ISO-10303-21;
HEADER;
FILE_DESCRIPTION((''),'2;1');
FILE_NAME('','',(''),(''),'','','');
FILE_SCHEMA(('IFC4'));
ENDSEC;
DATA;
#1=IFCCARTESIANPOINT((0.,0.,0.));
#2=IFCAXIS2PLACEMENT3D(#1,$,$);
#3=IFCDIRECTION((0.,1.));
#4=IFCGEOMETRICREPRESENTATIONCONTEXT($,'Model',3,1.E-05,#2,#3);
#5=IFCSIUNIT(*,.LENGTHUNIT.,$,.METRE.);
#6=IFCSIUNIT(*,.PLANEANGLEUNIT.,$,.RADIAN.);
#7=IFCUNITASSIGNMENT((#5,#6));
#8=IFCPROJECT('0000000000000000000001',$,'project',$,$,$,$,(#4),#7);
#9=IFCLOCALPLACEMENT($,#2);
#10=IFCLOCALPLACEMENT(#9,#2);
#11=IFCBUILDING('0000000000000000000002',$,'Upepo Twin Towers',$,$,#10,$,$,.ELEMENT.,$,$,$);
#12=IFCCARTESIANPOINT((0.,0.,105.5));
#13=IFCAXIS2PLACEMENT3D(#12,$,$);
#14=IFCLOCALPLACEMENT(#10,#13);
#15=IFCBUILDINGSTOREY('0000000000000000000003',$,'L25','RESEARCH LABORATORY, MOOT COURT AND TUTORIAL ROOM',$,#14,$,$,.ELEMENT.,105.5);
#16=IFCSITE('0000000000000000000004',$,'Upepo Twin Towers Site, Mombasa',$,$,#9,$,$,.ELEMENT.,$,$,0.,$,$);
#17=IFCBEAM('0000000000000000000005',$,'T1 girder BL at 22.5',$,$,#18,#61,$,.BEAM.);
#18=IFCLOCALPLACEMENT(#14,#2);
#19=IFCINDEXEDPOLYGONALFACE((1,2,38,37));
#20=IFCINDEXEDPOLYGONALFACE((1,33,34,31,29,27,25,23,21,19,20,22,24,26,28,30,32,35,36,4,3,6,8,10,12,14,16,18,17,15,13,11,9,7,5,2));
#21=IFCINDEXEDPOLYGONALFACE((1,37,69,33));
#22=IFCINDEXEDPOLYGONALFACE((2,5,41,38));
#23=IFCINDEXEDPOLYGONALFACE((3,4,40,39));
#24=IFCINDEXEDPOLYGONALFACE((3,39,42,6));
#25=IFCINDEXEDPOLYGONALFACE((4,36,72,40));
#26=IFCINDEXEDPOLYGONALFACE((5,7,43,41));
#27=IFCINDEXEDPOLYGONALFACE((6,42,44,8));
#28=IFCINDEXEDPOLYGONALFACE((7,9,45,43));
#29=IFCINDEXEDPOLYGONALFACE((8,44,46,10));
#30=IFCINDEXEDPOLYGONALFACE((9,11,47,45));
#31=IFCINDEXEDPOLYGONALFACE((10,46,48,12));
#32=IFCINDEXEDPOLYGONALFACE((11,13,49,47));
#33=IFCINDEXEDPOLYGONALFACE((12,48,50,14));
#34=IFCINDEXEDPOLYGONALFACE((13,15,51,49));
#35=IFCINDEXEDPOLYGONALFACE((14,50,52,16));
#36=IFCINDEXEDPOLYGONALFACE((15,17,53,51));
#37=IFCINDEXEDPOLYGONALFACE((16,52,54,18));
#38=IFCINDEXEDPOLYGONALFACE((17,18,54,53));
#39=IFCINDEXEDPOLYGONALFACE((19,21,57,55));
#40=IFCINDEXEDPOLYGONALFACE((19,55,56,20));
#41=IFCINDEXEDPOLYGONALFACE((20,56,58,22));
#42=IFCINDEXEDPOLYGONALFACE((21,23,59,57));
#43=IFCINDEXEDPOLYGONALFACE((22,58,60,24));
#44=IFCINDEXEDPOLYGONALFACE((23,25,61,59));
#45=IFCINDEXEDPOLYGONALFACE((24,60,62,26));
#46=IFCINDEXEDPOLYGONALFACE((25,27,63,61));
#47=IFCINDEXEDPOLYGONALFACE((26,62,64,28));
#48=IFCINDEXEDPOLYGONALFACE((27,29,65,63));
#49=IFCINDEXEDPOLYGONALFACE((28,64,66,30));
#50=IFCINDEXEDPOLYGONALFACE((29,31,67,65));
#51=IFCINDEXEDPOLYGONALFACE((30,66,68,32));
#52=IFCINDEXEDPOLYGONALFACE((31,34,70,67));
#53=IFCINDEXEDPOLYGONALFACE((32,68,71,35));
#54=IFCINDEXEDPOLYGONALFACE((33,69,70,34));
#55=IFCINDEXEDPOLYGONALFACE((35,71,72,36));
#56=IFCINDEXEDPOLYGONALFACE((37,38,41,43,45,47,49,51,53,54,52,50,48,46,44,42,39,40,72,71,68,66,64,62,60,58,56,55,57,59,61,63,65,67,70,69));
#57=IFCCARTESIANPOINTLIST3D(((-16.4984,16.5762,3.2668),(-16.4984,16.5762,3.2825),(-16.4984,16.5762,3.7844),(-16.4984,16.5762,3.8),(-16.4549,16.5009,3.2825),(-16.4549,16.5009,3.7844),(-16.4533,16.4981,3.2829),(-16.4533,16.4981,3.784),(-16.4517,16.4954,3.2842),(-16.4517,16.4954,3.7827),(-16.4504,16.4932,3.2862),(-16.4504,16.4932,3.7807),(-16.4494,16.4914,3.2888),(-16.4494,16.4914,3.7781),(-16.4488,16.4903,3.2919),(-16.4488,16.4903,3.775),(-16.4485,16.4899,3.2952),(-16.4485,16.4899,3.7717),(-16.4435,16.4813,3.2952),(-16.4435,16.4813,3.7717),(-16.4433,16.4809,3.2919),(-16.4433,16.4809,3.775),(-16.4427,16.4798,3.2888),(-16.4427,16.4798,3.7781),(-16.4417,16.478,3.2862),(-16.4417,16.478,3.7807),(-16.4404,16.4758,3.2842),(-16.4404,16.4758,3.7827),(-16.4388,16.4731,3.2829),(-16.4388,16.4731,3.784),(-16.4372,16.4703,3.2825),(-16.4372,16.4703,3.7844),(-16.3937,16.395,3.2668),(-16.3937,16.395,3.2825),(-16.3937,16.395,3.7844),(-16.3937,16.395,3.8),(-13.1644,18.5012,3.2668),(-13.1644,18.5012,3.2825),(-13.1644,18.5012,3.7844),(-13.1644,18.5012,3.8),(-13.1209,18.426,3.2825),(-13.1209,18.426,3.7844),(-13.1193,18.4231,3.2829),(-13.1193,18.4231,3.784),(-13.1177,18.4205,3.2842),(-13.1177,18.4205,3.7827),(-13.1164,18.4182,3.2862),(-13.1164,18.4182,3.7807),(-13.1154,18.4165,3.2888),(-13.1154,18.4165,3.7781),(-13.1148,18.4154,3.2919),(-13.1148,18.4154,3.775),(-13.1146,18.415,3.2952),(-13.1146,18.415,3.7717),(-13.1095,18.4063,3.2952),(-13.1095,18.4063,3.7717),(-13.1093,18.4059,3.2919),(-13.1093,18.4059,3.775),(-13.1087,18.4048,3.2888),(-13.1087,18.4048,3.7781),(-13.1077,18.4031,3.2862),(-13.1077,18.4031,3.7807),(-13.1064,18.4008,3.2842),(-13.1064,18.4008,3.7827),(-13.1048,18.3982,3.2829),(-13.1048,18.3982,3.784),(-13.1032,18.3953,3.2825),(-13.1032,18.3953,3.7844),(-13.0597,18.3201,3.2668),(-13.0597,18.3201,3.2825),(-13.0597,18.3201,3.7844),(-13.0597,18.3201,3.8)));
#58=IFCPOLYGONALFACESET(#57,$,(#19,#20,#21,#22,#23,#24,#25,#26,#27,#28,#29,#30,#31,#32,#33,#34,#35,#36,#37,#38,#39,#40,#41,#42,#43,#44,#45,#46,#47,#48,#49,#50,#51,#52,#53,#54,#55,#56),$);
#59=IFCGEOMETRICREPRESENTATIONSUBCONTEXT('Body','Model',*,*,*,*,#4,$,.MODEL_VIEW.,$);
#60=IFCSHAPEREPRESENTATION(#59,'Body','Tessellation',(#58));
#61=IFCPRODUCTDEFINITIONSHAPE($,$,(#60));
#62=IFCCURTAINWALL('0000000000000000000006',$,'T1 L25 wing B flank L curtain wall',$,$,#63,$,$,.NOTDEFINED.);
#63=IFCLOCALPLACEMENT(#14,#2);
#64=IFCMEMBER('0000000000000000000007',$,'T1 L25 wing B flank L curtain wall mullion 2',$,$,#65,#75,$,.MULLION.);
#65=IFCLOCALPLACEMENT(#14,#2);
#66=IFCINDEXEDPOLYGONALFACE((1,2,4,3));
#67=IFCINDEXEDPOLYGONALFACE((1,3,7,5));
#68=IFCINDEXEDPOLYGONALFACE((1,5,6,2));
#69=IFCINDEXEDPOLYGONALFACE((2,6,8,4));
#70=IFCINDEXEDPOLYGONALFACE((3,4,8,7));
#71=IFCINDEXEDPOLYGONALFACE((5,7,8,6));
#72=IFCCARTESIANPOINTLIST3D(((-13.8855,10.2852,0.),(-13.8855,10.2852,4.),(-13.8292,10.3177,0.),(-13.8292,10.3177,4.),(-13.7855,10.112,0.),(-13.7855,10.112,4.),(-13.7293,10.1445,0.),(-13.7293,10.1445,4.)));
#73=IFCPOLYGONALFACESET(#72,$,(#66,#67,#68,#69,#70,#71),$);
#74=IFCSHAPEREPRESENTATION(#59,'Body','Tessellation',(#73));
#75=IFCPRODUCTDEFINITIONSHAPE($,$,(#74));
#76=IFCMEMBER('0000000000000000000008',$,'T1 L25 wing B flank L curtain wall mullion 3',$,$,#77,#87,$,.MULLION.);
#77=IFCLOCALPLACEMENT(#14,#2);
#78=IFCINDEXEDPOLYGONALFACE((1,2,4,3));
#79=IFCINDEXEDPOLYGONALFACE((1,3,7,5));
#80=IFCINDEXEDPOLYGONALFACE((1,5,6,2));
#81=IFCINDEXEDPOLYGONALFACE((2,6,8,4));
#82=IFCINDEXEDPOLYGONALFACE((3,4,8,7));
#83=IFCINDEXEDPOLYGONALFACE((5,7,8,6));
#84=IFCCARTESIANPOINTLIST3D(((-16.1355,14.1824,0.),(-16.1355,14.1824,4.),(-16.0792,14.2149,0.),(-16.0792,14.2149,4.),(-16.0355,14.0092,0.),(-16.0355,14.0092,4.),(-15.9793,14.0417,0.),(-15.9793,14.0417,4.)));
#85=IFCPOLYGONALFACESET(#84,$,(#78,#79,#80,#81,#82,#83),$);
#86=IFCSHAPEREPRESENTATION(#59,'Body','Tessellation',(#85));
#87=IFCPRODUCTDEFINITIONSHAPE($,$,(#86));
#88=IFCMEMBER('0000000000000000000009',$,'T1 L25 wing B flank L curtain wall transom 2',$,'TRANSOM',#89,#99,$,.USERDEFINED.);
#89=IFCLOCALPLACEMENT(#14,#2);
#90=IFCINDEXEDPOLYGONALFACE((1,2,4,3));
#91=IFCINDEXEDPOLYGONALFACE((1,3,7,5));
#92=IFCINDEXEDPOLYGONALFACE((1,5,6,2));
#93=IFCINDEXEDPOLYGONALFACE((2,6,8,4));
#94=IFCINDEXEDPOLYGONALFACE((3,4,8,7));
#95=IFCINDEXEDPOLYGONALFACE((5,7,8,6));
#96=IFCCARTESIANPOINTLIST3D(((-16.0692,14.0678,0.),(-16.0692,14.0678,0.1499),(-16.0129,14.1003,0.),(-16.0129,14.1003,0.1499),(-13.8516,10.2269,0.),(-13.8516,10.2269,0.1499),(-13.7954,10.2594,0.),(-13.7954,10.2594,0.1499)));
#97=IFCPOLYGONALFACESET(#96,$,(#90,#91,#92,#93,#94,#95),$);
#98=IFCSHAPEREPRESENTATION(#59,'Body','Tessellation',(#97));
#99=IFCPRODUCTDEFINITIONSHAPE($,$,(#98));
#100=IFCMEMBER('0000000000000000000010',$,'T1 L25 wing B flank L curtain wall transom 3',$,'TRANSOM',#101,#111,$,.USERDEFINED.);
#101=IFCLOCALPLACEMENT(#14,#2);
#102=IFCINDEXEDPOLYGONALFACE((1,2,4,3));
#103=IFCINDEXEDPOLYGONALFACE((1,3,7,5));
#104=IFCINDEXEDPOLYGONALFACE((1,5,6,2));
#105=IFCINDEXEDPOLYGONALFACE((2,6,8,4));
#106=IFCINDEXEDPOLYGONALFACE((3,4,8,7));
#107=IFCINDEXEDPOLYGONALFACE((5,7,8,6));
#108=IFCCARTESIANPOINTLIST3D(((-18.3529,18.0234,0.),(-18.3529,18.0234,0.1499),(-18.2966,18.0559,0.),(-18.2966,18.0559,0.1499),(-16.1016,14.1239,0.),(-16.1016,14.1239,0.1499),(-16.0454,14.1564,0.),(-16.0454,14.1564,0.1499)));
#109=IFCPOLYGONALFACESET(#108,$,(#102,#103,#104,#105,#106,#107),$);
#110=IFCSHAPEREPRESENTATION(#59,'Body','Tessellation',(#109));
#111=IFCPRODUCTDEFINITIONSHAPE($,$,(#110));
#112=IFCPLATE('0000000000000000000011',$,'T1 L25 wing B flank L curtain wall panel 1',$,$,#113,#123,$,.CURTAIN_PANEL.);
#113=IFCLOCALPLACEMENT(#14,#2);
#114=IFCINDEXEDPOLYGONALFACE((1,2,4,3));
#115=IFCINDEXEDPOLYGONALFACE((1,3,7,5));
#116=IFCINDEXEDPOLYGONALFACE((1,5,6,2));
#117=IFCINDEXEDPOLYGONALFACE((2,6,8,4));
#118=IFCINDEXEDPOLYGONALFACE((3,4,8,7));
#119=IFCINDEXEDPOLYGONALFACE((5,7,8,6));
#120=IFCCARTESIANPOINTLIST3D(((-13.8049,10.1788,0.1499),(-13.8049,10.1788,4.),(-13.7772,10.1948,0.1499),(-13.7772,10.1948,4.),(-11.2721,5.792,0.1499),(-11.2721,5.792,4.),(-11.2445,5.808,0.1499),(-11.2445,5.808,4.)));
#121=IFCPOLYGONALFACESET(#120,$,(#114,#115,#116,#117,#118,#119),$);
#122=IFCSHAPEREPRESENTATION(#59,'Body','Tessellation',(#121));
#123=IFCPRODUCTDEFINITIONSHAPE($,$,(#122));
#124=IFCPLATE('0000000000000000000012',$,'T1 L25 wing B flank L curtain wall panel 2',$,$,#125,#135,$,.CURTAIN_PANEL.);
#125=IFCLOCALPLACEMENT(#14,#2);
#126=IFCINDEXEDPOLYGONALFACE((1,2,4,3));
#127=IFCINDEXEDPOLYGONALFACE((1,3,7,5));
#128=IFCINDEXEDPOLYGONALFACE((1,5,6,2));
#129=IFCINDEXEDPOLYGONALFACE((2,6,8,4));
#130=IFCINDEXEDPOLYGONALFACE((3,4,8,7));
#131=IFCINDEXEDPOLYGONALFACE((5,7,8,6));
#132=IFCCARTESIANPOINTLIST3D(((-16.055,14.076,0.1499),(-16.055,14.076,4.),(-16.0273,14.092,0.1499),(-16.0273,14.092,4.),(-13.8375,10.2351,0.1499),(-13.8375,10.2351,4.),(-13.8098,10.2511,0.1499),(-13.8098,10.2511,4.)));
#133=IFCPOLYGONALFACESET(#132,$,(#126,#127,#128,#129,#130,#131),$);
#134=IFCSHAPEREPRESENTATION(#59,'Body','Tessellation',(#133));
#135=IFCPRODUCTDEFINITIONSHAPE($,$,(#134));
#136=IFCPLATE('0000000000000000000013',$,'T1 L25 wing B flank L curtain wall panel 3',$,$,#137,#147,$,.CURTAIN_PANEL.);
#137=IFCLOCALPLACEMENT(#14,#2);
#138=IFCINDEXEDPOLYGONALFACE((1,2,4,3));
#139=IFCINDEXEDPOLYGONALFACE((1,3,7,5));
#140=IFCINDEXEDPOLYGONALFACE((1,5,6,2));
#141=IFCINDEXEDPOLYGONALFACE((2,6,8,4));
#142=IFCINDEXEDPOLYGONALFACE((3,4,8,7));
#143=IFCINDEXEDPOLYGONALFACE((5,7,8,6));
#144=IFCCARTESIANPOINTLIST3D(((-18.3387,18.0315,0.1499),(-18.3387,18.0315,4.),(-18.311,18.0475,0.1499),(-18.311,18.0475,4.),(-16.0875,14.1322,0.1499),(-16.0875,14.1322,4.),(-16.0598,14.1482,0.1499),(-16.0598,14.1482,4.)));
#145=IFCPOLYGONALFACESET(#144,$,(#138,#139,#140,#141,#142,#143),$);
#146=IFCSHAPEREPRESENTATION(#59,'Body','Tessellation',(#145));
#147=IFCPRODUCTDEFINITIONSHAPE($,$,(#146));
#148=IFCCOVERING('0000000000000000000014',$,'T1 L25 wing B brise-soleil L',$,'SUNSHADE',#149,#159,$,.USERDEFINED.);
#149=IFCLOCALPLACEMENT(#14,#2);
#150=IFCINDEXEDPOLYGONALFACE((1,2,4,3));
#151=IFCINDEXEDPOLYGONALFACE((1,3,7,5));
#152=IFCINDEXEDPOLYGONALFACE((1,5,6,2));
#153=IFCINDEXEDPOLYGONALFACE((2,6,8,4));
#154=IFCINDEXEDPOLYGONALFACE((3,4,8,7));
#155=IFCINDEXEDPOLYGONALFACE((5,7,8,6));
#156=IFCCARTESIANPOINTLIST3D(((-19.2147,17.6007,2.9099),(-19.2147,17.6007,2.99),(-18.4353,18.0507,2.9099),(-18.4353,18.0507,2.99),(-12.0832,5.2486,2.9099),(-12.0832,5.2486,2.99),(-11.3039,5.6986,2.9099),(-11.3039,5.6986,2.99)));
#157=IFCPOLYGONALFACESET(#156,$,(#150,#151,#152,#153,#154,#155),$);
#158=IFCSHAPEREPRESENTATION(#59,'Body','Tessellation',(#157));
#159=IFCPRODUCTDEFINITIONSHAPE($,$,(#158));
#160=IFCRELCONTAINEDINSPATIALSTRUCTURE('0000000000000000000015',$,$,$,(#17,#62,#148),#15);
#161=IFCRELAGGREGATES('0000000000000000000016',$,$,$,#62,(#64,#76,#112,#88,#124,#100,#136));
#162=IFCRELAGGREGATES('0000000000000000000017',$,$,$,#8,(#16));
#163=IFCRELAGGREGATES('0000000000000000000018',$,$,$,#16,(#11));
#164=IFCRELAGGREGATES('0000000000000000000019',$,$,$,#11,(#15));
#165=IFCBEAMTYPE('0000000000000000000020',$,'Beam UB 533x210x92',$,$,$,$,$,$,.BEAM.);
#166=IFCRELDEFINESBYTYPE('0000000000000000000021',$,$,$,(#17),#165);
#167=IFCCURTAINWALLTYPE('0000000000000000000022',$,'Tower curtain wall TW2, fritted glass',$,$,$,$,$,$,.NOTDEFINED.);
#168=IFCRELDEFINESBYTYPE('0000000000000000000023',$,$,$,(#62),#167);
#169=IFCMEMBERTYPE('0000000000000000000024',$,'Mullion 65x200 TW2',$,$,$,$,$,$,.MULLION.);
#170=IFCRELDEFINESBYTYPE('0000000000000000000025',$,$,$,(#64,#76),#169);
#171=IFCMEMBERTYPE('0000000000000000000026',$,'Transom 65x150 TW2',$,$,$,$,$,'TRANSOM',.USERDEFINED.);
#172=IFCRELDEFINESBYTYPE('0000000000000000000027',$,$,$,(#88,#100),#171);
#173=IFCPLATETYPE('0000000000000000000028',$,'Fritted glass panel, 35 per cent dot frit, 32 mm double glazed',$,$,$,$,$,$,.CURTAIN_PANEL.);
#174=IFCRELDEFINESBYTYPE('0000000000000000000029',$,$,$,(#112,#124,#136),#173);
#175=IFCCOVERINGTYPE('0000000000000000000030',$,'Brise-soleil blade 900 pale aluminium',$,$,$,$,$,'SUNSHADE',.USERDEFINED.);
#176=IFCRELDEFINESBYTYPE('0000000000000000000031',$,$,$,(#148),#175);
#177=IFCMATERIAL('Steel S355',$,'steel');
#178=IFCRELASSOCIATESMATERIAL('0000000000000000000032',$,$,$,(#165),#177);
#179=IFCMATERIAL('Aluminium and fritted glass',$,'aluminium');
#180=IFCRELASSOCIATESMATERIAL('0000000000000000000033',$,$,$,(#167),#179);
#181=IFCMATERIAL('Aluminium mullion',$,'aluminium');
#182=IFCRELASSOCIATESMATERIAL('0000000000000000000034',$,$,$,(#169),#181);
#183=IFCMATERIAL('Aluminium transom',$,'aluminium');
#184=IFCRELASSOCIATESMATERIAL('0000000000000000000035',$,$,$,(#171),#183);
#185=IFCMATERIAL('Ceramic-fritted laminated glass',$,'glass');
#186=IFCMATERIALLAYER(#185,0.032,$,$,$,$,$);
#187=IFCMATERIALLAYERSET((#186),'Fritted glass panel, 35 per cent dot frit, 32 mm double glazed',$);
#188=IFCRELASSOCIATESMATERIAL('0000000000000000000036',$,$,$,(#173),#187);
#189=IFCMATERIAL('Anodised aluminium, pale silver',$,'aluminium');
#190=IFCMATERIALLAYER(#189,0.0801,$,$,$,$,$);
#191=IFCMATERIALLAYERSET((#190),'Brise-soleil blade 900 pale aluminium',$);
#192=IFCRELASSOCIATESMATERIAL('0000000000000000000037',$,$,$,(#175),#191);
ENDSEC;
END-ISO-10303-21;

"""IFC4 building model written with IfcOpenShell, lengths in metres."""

from ifc_helpers import new_model, si_unit, direction, frame, origin, origin_2d, place, context, subcontext, project, spatial, rectangle, i_section, extrude, material, layer, layer_set, material_profile, profile_set, type_object, element, aggregate, save


model = new_model("IFC4")

# Units and contexts
model_context = context("Model", 3, precision=1e-05, world=origin(), true_north=direction((0.0, 1.0)))
body_context = subcontext(model_context, "Body", "Model", "MODEL_VIEW")
ifc_project = project(units=[si_unit("LENGTHUNIT", "METRE"), si_unit("PLANEANGLEUNIT", "RADIAN")], contexts=[model_context])

# Site, building, storey
site_placement = place(None, origin())
site = spatial("IfcSite", under=ifc_project, at=site_placement, Name="Upepo Twin Towers Site, Mombasa", CompositionType="ELEMENT", RefElevation=0.0)
building_placement = place(site_placement, origin())
building = spatial("IfcBuilding", under=site, at=building_placement, Name="Upepo Twin Towers", CompositionType="ELEMENT")
storey_placement = place(building_placement, frame((0.0, 0.0, 105.5)))
storey = spatial("IfcBuildingStorey", under=building, at=storey_placement, Name="L25", Description="RESEARCH LABORATORY, MOOT COURT AND TUTORIAL ROOM", CompositionType="ELEMENT", Elevation=105.5)

# Beam
ifc_material_1 = material(Name="Steel S355", Category="steel")
ifc_material_profile_1 = material_profile(ifc_material_1, i_section(OverallWidth=0.2092, OverallDepth=0.5332, WebThickness=0.01, FlangeThickness=0.0156, FilletRadius=0.0127, at=origin_2d()), Name="UB 533x210x92")
ifc_profile_set_1 = profile_set([ifc_material_profile_1], Name="Steel S355")
beam_type_1 = type_object("IfcBeamType", Name="Beam UB 533x210x92", PredefinedType="BEAM", material=ifc_profile_set_1)
for number, where, z_axis, x_axis, name in (
    (1, (-16.446, 16.4856, 3.5334), (0.866006, 0.500034, 0.0), (-0.500034, 0.866006, 0.0), "T1 girder BL at 22.5"),
):
    element("IfcBeam", number, at=place(storey_placement, frame(where, z_axis=z_axis, x_axis=x_axis)), inside=storey, type_object=beam_type_1, Name=name, PredefinedType="BEAM", context=body_context, shape_type="SweptSolid", body=[
        extrude(i_section(OverallWidth=0.2092, OverallDepth=0.5332, WebThickness=0.01, FlangeThickness=0.0156, FilletRadius=0.0127, at=origin_2d()), origin(), (0.0, 0.0, 1.0), 3.8499),
    ])

# Curtain wall, members, plates
ifc_material_2 = material(Name="Aluminium and fritted glass", Category="aluminium")
curtain_wall_type = type_object("IfcCurtainWallType", Name="Tower curtain wall TW2, fritted glass", PredefinedType="NOTDEFINED", material=ifc_material_2)
curtain_wall_placement = place(storey_placement, origin())
curtain_wall = element("IfcCurtainWall", 2, at=curtain_wall_placement, inside=storey, type_object=curtain_wall_type, Name="T1 L25 wing B flank L curtain wall", PredefinedType="NOTDEFINED")
ifc_material_3 = material(Name="Aluminium mullion", Category="aluminium")
ifc_material_profile_2 = material_profile(ifc_material_3, rectangle(XDim=0.0649, YDim=0.2, at=origin_2d()), Name="MULLION 65x200")
ifc_profile_set_2 = profile_set([ifc_material_profile_2], Name="Aluminium mullion")
member_type_1 = type_object("IfcMemberType", Name="Mullion 65x200 TW2", PredefinedType="MULLION", material=ifc_profile_set_2)
member_1_placement = place(storey_placement, frame((-13.8074, 10.2148, 0.0), z_axis=(0.0, 0.0, 1.0), x_axis=(-0.866025, -0.5, 0.0)))
member_1 = element("IfcMember", 3, at=member_1_placement, type_object=member_type_1, Name="T1 L25 wing B flank L curtain wall mullion 2", PredefinedType="MULLION", context=body_context, shape_type="SweptSolid", body=[
    extrude(rectangle(XDim=0.0649, YDim=0.2, at=origin_2d()), origin(), (0.0, 0.0, 1.0), 4.0),
])
member_2_placement = place(storey_placement, frame((-16.0574, 14.1121, 0.0), z_axis=(0.0, 0.0, 1.0), x_axis=(-0.866025, -0.5, 0.0)))
member_2 = element("IfcMember", 4, at=member_2_placement, type_object=member_type_1, Name="T1 L25 wing B flank L curtain wall mullion 3", PredefinedType="MULLION", context=body_context, shape_type="SweptSolid", body=[
    extrude(rectangle(XDim=0.0649, YDim=0.2, at=origin_2d()), origin(), (0.0, 0.0, 1.0), 4.0),
])
ifc_material_4 = material(Name="Aluminium transom", Category="aluminium")
ifc_material_profile_3 = material_profile(ifc_material_4, rectangle(XDim=0.0649, YDim=0.1499, at=origin_2d()), Name="TRANSOM 65x150")
ifc_profile_set_3 = profile_set([ifc_material_profile_3], Name="Aluminium transom")
member_type_2 = type_object("IfcMemberType", Name="Transom 65x150 TW2", ElementType="TRANSOM", PredefinedType="USERDEFINED", material=ifc_profile_set_3)
member_3_placement = place(storey_placement, frame((-13.8235, 10.2432, 0.075), z_axis=(-0.500005, 0.866022, 0.0), x_axis=(-0.866022, -0.500005, 0.0)))
member_3 = element("IfcMember", 5, at=member_3_placement, type_object=member_type_2, Name="T1 L25 wing B flank L curtain wall transom 2", ObjectType="TRANSOM", PredefinedType="USERDEFINED", context=body_context, shape_type="SweptSolid", body=[
    extrude(rectangle(XDim=0.0649, YDim=0.1499, at=origin_2d()), origin(), (0.0, 0.0, 1.0), 4.4351),
])
member_4_placement = place(storey_placement, frame((-16.0735, 14.1401, 0.075), z_axis=(-0.499982, 0.866036, 0.0), x_axis=(-0.866036, -0.499982, 0.0)))
member_4 = element("IfcMember", 6, at=member_4_placement, type_object=member_type_2, Name="T1 L25 wing B flank L curtain wall transom 3", ObjectType="TRANSOM", PredefinedType="USERDEFINED", context=body_context, shape_type="SweptSolid", body=[
    extrude(rectangle(XDim=0.0649, YDim=0.1499, at=origin_2d()), origin(), (0.0, 0.0, 1.0), 4.5027),
])
ifc_material_5 = material(Name="Ceramic-fritted laminated glass", Category="glass")
ifc_layer_1 = layer(ifc_material_5, 0.032)
ifc_layer_set_1 = layer_set([ifc_layer_1], Name="Fritted glass panel, 35 per cent dot frit, 32 mm double glazed")
plate_type = type_object("IfcPlateType", Name="Fritted glass panel, 35 per cent dot frit, 32 mm double glazed", PredefinedType="CURTAIN_PANEL", material=ifc_layer_set_1)
plate_1_placement = place(storey_placement, frame((-12.5247, 7.9934, 0.1499), z_axis=(0.0, 0.0, 1.0), x_axis=(-0.5, 0.866025, 0.0)))
plate_1 = element("IfcPlate", 7, at=plate_1_placement, type_object=plate_type, Name="T1 L25 wing B flank L curtain wall panel 1", PredefinedType="CURTAIN_PANEL", context=body_context, shape_type="SweptSolid", body=[
    extrude(rectangle(XDim=5.0654, YDim=0.032, at=origin_2d()), origin(), (0.0, 0.0, 1.0), 3.8501),
])
plate_2_placement = place(storey_placement, frame((-14.9324, 12.1636, 0.1499), z_axis=(0.0, 0.0, 1.0), x_axis=(-0.5, 0.866025, 0.0)))
plate_2 = element("IfcPlate", 8, at=plate_2_placement, type_object=plate_type, Name="T1 L25 wing B flank L curtain wall panel 2", PredefinedType="CURTAIN_PANEL", context=body_context, shape_type="SweptSolid", body=[
    extrude(rectangle(XDim=4.4351, YDim=0.032, at=origin_2d()), origin(), (0.0, 0.0, 1.0), 3.8501),
])
plate_3_placement = place(storey_placement, frame((-17.1992, 16.0898, 0.1499), z_axis=(0.0, 0.0, 1.0), x_axis=(-0.5, 0.866025, 0.0)))
plate_3 = element("IfcPlate", 9, at=plate_3_placement, type_object=plate_type, Name="T1 L25 wing B flank L curtain wall panel 3", PredefinedType="CURTAIN_PANEL", context=body_context, shape_type="SweptSolid", body=[
    extrude(rectangle(XDim=4.5024, YDim=0.032, at=origin_2d()), origin(), (0.0, 0.0, 1.0), 3.8501),
])
aggregate(curtain_wall, [member_1, member_2, plate_1, member_3, plate_2, member_4, plate_3])

# Covering
ifc_material_6 = material(Name="Anodised aluminium, pale silver", Category="aluminium")
ifc_layer_2 = layer(ifc_material_6, 0.0801)
ifc_layer_set_2 = layer_set([ifc_layer_2], Name="Brise-soleil blade 900 pale aluminium")
covering_type = type_object("IfcCoveringType", Name="Brise-soleil blade 900 pale aluminium", ElementType="SUNSHADE", PredefinedType="USERDEFINED", material=ifc_layer_set_2)
covering_placement = place(storey_placement, frame((-15.2593, 11.6497, 2.9099), z_axis=(0.0, 0.0, 1.0), x_axis=(-0.5, 0.866025, 0.0)))
element("IfcCovering", 10, at=covering_placement, inside=storey, type_object=covering_type, Name="T1 L25 wing B brise-soleil L", ObjectType="SUNSHADE", PredefinedType="USERDEFINED", context=body_context, shape_type="SweptSolid", body=[
    extrude(rectangle(XDim=14.2629, YDim=0.8999, at=origin_2d()), origin(), (0.0, 0.0, 1.0), 0.0801),
])

save(model, "model.ifc")
